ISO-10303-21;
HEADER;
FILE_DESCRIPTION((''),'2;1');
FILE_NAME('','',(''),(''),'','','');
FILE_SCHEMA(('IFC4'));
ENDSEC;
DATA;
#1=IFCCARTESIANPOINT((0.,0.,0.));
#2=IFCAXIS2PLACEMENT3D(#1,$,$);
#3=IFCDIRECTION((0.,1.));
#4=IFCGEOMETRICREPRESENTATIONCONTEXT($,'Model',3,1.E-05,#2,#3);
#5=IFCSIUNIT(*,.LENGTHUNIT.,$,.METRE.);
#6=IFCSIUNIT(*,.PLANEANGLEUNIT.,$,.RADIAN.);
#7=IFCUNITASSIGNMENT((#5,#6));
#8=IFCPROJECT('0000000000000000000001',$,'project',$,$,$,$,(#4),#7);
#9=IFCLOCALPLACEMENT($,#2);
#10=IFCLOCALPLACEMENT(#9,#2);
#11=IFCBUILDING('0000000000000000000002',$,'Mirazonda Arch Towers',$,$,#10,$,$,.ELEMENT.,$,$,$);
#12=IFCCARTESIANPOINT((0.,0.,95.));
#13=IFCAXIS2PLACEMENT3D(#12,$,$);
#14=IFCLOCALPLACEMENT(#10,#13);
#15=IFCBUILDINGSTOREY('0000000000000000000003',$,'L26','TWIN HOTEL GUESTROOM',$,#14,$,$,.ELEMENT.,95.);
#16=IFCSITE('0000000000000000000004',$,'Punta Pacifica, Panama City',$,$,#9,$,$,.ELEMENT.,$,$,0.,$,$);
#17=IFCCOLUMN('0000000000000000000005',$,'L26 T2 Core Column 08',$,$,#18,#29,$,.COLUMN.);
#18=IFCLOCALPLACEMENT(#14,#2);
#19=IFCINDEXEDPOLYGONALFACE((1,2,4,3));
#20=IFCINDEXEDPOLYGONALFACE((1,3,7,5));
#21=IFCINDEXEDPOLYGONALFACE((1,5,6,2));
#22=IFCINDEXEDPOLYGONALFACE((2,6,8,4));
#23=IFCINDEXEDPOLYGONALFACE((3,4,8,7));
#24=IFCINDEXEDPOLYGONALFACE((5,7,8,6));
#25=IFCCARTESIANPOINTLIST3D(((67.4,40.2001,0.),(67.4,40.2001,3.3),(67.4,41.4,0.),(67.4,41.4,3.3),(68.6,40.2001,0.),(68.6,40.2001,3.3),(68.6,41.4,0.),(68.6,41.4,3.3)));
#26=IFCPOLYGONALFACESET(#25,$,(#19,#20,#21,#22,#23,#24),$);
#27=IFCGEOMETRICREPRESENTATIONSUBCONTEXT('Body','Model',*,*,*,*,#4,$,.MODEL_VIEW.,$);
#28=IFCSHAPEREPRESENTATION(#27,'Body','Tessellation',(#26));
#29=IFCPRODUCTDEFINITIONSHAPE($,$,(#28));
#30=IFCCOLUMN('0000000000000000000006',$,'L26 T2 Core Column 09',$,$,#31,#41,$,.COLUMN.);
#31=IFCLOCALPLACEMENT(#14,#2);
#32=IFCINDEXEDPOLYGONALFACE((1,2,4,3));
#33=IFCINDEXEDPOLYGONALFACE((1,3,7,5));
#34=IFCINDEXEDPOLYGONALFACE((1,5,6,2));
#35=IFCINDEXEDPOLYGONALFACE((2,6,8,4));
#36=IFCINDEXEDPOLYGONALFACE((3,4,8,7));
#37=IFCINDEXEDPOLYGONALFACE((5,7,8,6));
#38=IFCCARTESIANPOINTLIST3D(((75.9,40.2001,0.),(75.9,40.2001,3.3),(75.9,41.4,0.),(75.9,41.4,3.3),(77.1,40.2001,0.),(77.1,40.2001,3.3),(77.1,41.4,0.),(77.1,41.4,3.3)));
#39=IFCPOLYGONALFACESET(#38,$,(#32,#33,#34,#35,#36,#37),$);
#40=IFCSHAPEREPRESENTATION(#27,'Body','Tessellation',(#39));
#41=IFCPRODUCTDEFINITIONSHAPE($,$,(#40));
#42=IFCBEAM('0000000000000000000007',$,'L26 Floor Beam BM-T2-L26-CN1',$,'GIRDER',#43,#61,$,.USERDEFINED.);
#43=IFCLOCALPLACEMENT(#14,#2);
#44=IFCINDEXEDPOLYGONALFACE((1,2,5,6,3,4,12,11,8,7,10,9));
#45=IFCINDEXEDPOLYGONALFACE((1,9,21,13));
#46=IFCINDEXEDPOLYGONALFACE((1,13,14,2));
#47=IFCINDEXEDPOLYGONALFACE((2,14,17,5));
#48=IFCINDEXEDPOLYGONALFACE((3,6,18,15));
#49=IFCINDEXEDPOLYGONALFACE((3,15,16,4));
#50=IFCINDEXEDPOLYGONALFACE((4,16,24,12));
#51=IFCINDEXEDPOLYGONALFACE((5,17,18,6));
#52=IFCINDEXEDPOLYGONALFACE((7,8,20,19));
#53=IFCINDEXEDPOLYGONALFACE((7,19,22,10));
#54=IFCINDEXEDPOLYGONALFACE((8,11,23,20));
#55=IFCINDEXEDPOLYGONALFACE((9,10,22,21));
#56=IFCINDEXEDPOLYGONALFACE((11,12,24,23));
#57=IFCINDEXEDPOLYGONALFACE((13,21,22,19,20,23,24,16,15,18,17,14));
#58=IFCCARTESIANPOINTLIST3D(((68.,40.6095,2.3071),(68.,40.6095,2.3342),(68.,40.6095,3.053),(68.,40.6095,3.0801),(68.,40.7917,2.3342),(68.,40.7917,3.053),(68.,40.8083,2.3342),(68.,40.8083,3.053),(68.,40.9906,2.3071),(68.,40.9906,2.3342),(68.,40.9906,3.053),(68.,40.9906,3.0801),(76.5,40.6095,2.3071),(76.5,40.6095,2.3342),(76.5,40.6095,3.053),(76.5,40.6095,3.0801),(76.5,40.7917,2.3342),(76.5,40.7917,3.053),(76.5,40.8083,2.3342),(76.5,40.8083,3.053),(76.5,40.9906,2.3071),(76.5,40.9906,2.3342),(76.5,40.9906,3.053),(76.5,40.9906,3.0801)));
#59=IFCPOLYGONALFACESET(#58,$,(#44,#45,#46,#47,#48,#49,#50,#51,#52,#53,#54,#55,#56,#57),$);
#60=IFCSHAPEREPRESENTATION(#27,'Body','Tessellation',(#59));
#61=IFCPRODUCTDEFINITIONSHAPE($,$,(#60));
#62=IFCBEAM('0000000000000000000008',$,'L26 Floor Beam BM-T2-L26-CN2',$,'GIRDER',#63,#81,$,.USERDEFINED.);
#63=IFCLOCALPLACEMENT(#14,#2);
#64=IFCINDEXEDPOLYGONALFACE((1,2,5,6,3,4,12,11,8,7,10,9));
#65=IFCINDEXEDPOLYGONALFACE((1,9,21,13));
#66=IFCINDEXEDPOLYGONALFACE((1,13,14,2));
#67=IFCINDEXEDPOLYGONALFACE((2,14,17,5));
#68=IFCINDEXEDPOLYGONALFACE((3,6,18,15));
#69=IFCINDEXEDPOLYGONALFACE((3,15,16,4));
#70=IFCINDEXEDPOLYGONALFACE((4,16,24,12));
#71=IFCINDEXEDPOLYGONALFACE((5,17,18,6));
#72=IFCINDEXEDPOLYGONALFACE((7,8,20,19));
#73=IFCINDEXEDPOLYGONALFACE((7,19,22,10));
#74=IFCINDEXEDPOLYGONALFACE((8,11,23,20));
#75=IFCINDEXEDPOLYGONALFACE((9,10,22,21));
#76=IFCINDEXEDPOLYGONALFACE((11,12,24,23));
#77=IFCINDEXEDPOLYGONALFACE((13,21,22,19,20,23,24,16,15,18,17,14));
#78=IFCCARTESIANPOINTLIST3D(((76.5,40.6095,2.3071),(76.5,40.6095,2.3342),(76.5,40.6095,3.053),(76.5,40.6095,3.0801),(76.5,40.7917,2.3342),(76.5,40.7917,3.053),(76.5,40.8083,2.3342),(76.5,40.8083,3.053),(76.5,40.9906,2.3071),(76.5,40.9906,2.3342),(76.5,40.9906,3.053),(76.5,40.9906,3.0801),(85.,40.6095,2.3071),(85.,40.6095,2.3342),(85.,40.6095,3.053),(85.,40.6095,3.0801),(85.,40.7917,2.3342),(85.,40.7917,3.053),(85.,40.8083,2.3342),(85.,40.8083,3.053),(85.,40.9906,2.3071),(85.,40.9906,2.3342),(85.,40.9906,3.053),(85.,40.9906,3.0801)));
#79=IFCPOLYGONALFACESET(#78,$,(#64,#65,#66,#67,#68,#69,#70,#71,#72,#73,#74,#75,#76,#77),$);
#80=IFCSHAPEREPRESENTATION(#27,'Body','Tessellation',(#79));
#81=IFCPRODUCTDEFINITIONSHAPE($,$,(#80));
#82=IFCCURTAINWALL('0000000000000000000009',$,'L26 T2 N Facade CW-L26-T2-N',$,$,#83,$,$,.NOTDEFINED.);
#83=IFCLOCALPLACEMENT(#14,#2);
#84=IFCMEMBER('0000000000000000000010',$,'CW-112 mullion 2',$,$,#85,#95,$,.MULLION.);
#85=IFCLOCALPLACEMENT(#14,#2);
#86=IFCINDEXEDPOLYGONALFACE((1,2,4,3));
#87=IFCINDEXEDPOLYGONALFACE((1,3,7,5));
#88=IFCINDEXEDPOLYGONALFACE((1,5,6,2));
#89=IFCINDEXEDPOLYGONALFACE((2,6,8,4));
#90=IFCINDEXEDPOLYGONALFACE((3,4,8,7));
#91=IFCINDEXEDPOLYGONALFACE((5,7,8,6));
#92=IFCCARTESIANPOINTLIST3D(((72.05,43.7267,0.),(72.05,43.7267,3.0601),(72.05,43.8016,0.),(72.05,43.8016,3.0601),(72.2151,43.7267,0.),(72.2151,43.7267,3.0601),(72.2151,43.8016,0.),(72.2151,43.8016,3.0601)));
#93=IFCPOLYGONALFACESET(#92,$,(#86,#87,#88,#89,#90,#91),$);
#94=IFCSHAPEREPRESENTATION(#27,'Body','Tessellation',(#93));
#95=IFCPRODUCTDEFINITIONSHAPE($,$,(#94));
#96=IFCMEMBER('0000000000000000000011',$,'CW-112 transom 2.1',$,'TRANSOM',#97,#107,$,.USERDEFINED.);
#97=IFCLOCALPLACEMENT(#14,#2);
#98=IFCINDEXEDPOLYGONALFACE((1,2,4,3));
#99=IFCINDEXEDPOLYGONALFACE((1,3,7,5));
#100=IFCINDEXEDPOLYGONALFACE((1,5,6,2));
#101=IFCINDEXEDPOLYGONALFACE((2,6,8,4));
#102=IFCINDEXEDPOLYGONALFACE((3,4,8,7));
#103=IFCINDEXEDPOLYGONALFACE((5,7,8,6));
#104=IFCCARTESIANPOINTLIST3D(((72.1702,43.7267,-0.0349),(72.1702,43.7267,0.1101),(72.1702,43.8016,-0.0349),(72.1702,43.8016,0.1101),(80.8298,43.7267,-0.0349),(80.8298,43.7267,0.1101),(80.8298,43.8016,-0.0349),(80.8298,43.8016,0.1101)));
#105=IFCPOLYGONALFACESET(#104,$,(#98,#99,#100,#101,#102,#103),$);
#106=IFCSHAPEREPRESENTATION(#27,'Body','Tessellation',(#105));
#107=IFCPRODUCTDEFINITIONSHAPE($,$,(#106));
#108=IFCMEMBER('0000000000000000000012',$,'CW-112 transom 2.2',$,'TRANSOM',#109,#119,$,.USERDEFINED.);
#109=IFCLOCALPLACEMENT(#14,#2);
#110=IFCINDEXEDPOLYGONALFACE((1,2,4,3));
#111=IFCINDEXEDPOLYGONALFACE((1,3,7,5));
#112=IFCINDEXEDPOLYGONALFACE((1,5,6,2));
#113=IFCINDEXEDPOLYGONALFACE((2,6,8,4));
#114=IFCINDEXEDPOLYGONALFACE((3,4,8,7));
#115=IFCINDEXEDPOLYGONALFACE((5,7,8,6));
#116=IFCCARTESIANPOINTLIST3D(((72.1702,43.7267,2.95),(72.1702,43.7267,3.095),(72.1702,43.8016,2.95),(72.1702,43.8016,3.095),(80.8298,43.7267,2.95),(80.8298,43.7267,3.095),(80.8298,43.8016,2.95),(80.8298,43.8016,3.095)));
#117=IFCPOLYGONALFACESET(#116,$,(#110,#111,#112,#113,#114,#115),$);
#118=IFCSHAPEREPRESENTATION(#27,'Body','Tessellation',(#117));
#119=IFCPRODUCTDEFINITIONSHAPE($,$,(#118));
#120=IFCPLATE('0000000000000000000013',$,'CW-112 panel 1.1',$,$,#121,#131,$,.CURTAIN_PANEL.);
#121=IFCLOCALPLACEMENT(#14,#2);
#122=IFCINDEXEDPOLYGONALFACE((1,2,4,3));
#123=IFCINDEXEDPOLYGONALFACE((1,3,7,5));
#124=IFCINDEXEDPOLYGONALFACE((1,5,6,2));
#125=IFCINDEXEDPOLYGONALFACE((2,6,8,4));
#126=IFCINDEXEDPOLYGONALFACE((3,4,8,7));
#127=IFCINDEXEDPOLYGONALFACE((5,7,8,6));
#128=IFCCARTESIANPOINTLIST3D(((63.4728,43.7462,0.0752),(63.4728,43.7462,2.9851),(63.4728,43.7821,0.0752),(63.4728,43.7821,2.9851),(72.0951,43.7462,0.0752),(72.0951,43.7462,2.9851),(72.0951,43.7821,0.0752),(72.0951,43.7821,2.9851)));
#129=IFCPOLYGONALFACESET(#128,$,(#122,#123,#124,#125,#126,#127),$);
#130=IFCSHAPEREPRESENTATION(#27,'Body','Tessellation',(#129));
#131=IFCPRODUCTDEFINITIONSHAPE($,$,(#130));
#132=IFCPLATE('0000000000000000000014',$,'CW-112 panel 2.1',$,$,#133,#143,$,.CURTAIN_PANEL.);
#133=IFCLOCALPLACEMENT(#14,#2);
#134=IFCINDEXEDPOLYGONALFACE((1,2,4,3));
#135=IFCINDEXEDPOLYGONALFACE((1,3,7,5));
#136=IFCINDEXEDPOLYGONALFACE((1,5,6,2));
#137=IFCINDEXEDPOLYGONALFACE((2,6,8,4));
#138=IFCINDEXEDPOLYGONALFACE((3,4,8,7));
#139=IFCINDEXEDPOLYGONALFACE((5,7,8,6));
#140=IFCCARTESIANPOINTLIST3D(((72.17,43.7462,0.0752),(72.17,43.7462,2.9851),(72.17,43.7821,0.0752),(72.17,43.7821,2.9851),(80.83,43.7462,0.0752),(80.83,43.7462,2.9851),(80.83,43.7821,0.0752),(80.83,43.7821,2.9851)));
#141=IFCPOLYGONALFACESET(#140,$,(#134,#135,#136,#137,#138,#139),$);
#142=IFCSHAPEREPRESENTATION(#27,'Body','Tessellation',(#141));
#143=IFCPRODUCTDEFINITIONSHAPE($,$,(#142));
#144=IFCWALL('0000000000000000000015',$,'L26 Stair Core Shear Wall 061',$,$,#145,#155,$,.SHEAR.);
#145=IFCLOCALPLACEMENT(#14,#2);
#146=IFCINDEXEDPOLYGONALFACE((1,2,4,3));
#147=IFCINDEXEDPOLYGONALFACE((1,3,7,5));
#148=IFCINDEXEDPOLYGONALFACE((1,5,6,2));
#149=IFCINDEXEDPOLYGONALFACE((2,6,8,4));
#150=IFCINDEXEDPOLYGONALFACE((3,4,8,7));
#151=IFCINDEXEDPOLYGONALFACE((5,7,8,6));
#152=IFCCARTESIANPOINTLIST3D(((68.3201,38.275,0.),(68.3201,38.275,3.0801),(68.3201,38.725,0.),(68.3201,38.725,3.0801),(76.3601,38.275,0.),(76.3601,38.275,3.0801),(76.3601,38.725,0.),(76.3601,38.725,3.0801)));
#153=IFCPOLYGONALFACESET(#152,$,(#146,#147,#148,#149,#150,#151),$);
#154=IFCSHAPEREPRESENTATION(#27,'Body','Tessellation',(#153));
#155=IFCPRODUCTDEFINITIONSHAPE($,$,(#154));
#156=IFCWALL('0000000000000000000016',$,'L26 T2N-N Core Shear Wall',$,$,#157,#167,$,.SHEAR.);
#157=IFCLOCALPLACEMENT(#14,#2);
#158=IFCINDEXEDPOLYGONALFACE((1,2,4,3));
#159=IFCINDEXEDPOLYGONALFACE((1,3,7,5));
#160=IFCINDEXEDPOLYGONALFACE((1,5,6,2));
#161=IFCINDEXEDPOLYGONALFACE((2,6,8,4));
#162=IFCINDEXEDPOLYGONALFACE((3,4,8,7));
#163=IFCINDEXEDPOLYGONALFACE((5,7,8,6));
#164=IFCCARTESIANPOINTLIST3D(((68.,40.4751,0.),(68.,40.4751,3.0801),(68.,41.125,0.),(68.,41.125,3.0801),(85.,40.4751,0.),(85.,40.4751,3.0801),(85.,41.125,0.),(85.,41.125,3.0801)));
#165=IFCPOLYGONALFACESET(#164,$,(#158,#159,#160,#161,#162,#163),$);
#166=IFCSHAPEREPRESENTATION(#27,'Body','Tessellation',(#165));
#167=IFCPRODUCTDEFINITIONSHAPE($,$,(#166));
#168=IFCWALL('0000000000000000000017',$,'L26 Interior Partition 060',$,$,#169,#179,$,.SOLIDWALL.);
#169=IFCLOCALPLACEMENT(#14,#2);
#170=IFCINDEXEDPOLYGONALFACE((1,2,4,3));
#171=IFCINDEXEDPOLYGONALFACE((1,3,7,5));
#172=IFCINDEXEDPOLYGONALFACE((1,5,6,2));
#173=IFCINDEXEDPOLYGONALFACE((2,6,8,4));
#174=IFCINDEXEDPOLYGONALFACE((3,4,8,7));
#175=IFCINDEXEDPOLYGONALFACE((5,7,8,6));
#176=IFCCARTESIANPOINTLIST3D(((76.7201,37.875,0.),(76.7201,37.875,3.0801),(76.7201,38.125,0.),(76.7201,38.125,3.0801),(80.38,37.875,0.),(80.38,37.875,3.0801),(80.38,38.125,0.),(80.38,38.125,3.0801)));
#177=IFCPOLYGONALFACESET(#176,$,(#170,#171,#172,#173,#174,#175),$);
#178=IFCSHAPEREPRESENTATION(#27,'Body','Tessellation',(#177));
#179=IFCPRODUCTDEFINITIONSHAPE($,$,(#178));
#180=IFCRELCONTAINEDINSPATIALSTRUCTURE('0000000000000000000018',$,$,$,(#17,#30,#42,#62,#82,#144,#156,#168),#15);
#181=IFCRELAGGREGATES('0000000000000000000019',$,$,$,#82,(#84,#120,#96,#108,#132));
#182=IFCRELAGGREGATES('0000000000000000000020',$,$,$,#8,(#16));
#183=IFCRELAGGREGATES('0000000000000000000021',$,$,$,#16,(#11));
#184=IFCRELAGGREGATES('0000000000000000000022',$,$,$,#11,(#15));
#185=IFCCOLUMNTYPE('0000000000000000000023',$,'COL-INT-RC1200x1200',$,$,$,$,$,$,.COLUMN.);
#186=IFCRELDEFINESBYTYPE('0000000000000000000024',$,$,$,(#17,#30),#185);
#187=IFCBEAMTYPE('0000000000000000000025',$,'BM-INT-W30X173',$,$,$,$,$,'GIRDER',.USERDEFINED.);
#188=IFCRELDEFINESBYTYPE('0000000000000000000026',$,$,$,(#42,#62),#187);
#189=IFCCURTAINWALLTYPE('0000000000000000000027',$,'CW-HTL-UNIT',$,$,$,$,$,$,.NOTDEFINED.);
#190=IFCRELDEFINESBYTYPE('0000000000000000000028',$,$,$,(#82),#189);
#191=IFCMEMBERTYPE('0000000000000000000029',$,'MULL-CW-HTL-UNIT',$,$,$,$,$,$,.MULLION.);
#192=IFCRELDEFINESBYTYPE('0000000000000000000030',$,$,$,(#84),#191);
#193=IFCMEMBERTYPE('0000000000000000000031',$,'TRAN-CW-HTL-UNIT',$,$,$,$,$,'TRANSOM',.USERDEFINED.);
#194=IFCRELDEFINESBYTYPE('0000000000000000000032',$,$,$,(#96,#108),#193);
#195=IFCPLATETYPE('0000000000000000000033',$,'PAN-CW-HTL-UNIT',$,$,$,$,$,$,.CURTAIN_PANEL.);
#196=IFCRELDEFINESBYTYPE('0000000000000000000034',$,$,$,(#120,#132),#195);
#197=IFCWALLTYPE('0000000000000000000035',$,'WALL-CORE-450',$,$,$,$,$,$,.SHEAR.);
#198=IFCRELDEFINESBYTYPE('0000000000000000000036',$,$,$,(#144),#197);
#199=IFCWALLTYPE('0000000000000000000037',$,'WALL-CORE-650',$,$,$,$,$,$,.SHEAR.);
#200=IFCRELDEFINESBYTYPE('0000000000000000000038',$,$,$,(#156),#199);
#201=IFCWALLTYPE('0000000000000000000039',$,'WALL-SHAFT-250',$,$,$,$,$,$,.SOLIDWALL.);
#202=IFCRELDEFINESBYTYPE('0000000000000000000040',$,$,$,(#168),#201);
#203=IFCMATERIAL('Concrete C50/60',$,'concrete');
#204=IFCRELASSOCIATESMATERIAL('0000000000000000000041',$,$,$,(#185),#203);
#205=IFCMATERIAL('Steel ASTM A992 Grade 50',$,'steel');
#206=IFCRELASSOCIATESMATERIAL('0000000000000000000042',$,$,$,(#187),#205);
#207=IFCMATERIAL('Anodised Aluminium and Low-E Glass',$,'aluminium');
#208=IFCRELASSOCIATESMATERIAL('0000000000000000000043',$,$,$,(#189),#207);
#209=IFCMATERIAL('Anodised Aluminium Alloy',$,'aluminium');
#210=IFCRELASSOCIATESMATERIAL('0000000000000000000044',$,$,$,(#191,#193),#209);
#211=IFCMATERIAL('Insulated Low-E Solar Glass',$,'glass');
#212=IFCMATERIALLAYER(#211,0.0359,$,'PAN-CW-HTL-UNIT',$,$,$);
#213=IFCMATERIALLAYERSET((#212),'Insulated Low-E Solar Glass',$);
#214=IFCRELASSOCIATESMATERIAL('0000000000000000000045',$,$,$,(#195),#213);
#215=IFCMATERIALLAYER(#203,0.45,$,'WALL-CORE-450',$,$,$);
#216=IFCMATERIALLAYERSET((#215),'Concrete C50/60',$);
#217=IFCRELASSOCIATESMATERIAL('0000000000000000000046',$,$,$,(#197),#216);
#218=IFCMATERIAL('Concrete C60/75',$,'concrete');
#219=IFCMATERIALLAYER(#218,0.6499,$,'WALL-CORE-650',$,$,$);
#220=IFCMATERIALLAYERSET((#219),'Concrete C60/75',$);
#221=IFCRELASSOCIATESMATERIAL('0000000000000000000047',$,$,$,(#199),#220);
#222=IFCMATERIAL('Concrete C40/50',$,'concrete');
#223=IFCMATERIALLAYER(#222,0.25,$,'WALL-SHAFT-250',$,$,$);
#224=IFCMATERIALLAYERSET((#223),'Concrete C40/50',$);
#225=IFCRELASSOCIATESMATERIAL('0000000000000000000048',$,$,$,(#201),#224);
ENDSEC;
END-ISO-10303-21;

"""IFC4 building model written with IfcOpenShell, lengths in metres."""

from ifc_helpers import new_model, si_unit, direction, frame, frame_2d, origin, origin_2d, place, context, subcontext, project, spatial, rectangle, i_section, extrude, material, layer, layer_set, material_profile, profile_set, type_object, element, aggregate, save


model = new_model("IFC4")

# Units and contexts
model_context = context("Model", 3, precision=1e-05, world=origin(), true_north=direction((0.0, 1.0)))
body_context = subcontext(model_context, "Body", "Model", "MODEL_VIEW")
ifc_project = project(units=[si_unit("LENGTHUNIT", "METRE"), si_unit("PLANEANGLEUNIT", "RADIAN")], contexts=[model_context])

# Site, building, storey
site_placement = place(None, origin())
site = spatial("IfcSite", under=ifc_project, at=site_placement, Name="Punta Pacifica, Panama City", CompositionType="ELEMENT", RefElevation=0.0)
building_placement = place(site_placement, origin())
building = spatial("IfcBuilding", under=site, at=building_placement, Name="Mirazonda Arch Towers", CompositionType="ELEMENT")
storey_placement = place(building_placement, frame((0.0, 0.0, 95.0)))
storey = spatial("IfcBuildingStorey", under=building, at=storey_placement, Name="L26", Description="TWIN HOTEL GUESTROOM", CompositionType="ELEMENT", Elevation=95.0)

# Columns
ifc_material_1 = material(Name="Concrete C50/60", Category="concrete")
ifc_material_profile_1 = material_profile(ifc_material_1, rectangle(XDim=1.2, YDim=1.2, at=origin_2d()), Name="RC1200x1200")
ifc_profile_set_1 = profile_set([ifc_material_profile_1], Name="Concrete C50/60")
column_type = type_object("IfcColumnType", Name="COL-INT-RC1200x1200", PredefinedType="COLUMN", material=ifc_profile_set_1)
for number, where, z_axis, x_axis, name in (
    (1, (68.0, 40.8, 0.0), (0.0, 0.0, 1.0), (1.0, 0.0, 0.0), "L26 T2 Core Column 08"),
    (2, (76.5, 40.8, 0.0), (0.0, 0.0, 1.0), (1.0, 0.0, 0.0), "L26 T2 Core Column 09"),
):
    element("IfcColumn", number, at=place(storey_placement, frame(where, z_axis=z_axis, x_axis=x_axis)), inside=storey, type_object=column_type, Name=name, PredefinedType="COLUMN", context=body_context, shape_type="SweptSolid", body=[
        extrude(rectangle(XDim=1.2, YDim=1.2, at=origin_2d()), origin(), (0.0, 0.0, 1.0), 3.3),
    ])

# Beams
ifc_material_2 = material(Name="Steel ASTM A992 Grade 50", Category="steel")
ifc_material_profile_2 = material_profile(ifc_material_2, i_section(OverallWidth=0.3811, OverallDepth=0.7729, WebThickness=0.0166, FlangeThickness=0.0271, at=origin_2d()), Name="W30X173")
ifc_profile_set_2 = profile_set([ifc_material_profile_2], Name="Steel ASTM A992 Grade 50")
beam_type = type_object("IfcBeamType", Name="BM-INT-W30X173", ElementType="GIRDER", PredefinedType="USERDEFINED", material=ifc_profile_set_2)
for number, where, z_axis, x_axis, name in (
    (3, (68.0, 40.8, 2.6936), (1.0, 0.0, 0.0), (0.0, 1.0, 0.0), "L26 Floor Beam BM-T2-L26-CN1"),
    (4, (76.5, 40.8, 2.6936), (1.0, 0.0, 0.0), (0.0, 1.0, 0.0), "L26 Floor Beam BM-T2-L26-CN2"),
):
    element("IfcBeam", number, at=place(storey_placement, frame(where, z_axis=z_axis, x_axis=x_axis)), inside=storey, type_object=beam_type, Name=name, ObjectType="GIRDER", PredefinedType="USERDEFINED", context=body_context, shape_type="SweptSolid", body=[
        extrude(i_section(OverallWidth=0.3811, OverallDepth=0.7729, WebThickness=0.0166, FlangeThickness=0.0271, at=origin_2d()), origin(), (0.0, 0.0, 1.0), 8.5),
    ])

# Curtain wall, members, plates
ifc_material_3 = material(Name="Anodised Aluminium and Low-E Glass", Category="aluminium")
curtain_wall_type = type_object("IfcCurtainWallType", Name="CW-HTL-UNIT", PredefinedType="NOTDEFINED", material=ifc_material_3)
curtain_wall_placement = place(storey_placement, origin())
curtain_wall = element("IfcCurtainWall", 5, at=curtain_wall_placement, inside=storey, type_object=curtain_wall_type, Name="L26 T2 N Facade CW-L26-T2-N", PredefinedType="NOTDEFINED")
ifc_material_4 = material(Name="Anodised Aluminium Alloy", Category="aluminium")
ifc_material_profile_3 = material_profile(ifc_material_4, rectangle(XDim=0.075, YDim=0.165, at=origin_2d()), Name="ALU-MULL-75x165")
ifc_profile_set_3 = profile_set([ifc_material_profile_3], Name="Anodised Aluminium Alloy")
member_type_1 = type_object("IfcMemberType", Name="MULL-CW-HTL-UNIT", PredefinedType="MULLION", material=ifc_profile_set_3)
member_1_placement = place(storey_placement, frame((72.1326, 43.7642, 0.0), z_axis=(0.0, 0.0, 1.0), x_axis=(0.0, 1.0, 0.0)))
member_1 = element("IfcMember", 6, at=member_1_placement, type_object=member_type_1, Name="CW-112 mullion 2", PredefinedType="MULLION", context=body_context, shape_type="SweptSolid", body=[
    extrude(rectangle(XDim=0.075, YDim=0.165, at=origin_2d()), origin(), (0.0, 0.0, 1.0), 3.0601),
])
ifc_material_profile_4 = material_profile(ifc_material_4, rectangle(XDim=0.075, YDim=0.145, at=origin_2d()), Name="ALU-TRAN-75x145")
ifc_profile_set_4 = profile_set([ifc_material_profile_4], Name="Anodised Aluminium Alloy")
member_type_2 = type_object("IfcMemberType", Name="TRAN-CW-HTL-UNIT", ElementType="TRANSOM", PredefinedType="USERDEFINED", material=ifc_profile_set_4)
member_2_placement = place(storey_placement, frame((72.1702, 43.7642, 0.0376), z_axis=(1.0, 0.0, 0.0), x_axis=(0.0, 1.0, 0.0)))
member_2 = element("IfcMember", 7, at=member_2_placement, type_object=member_type_2, Name="CW-112 transom 2.1", ObjectType="TRANSOM", PredefinedType="USERDEFINED", context=body_context, shape_type="SweptSolid", body=[
    extrude(rectangle(XDim=0.075, YDim=0.145, at=origin_2d()), origin(), (0.0, 0.0, 1.0), 8.6597),
])
member_3_placement = place(storey_placement, frame((72.1702, 43.7642, 3.0225), z_axis=(1.0, 0.0, 0.0), x_axis=(0.0, 1.0, 0.0)))
member_3 = element("IfcMember", 8, at=member_3_placement, type_object=member_type_2, Name="CW-112 transom 2.2", ObjectType="TRANSOM", PredefinedType="USERDEFINED", context=body_context, shape_type="SweptSolid", body=[
    extrude(rectangle(XDim=0.075, YDim=0.145, at=origin_2d()), origin(), (0.0, 0.0, 1.0), 8.6597),
])
ifc_material_5 = material(Name="Insulated Low-E Solar Glass", Category="glass")
ifc_layer_1 = layer(ifc_material_5, 0.0359, Name="PAN-CW-HTL-UNIT")
ifc_layer_set_1 = layer_set([ifc_layer_1], Name="Insulated Low-E Solar Glass")
plate_type = type_object("IfcPlateType", Name="PAN-CW-HTL-UNIT", PredefinedType="CURTAIN_PANEL", material=ifc_layer_set_1)
plate_1_placement = place(storey_placement, frame((67.7839, 43.7642, 0.0752), z_axis=(0.0, 0.0, 1.0), x_axis=(1.0, 0.0, 0.0)))
plate_1 = element("IfcPlate", 9, at=plate_1_placement, type_object=plate_type, Name="CW-112 panel 1.1", PredefinedType="CURTAIN_PANEL", context=body_context, shape_type="SweptSolid", body=[
    extrude(rectangle(XDim=8.6223, YDim=0.0359, at=origin_2d()), origin(), (0.0, 0.0, 1.0), 2.9099),
])
plate_2_placement = place(storey_placement, frame((76.5, 43.7642, 0.0752), z_axis=(0.0, 0.0, 1.0), x_axis=(1.0, 0.0, 0.0)))
plate_2 = element("IfcPlate", 10, at=plate_2_placement, type_object=plate_type, Name="CW-112 panel 2.1", PredefinedType="CURTAIN_PANEL", context=body_context, shape_type="SweptSolid", body=[
    extrude(rectangle(XDim=8.6599, YDim=0.0359, at=origin_2d()), origin(), (0.0, 0.0, 1.0), 2.9099),
])
aggregate(curtain_wall, [member_1, plate_1, member_2, member_3, plate_2])

# Walls
ifc_layer_2 = layer(ifc_material_1, 0.45, Name="WALL-CORE-450")
ifc_layer_set_2 = layer_set([ifc_layer_2], Name="Concrete C50/60")
wall_type_1 = type_object("IfcWallType", Name="WALL-CORE-450", PredefinedType="SHEAR", material=ifc_layer_set_2)
wall_1_placement = place(storey_placement, frame((68.3201, 38.5, 0.0), z_axis=(0.0, 0.0, 1.0), x_axis=(1.0, 0.0, 0.0)))
element("IfcWall", 11, at=wall_1_placement, inside=storey, type_object=wall_type_1, Name="L26 Stair Core Shear Wall 061", PredefinedType="SHEAR", context=body_context, shape_type="SweptSolid", body=[
    extrude(rectangle(XDim=8.04, YDim=0.45, at=frame_2d((4.02, 0.0))), origin(), (0.0, 0.0, 1.0), 3.0801),
])
ifc_material_6 = material(Name="Concrete C60/75", Category="concrete")
ifc_layer_3 = layer(ifc_material_6, 0.6499, Name="WALL-CORE-650")
ifc_layer_set_3 = layer_set([ifc_layer_3], Name="Concrete C60/75")
wall_type_2 = type_object("IfcWallType", Name="WALL-CORE-650", PredefinedType="SHEAR", material=ifc_layer_set_3)
wall_2_placement = place(storey_placement, frame((68.0, 40.8, 0.0), z_axis=(0.0, 0.0, 1.0), x_axis=(1.0, 0.0, 0.0)))
element("IfcWall", 12, at=wall_2_placement, inside=storey, type_object=wall_type_2, Name="L26 T2N-N Core Shear Wall", PredefinedType="SHEAR", context=body_context, shape_type="SweptSolid", body=[
    extrude(rectangle(XDim=17.0, YDim=0.6499, at=frame_2d((8.5, 0.0))), origin(), (0.0, 0.0, 1.0), 3.0801),
])
ifc_material_7 = material(Name="Concrete C40/50", Category="concrete")
ifc_layer_4 = layer(ifc_material_7, 0.25, Name="WALL-SHAFT-250")
ifc_layer_set_4 = layer_set([ifc_layer_4], Name="Concrete C40/50")
wall_type_3 = type_object("IfcWallType", Name="WALL-SHAFT-250", PredefinedType="SOLIDWALL", material=ifc_layer_set_4)
wall_3_placement = place(storey_placement, frame((76.72, 38.0, 0.0), z_axis=(0.0, 0.0, 1.0), x_axis=(1.0, 0.0, 0.0)))
element("IfcWall", 13, at=wall_3_placement, inside=storey, type_object=wall_type_3, Name="L26 Interior Partition 060", PredefinedType="SOLIDWALL", context=body_context, shape_type="SweptSolid", body=[
    extrude(rectangle(XDim=3.6599, YDim=0.25, at=frame_2d((1.8301, 0.0))), origin(), (0.0, 0.0, 1.0), 3.0801),
])

save(model, "model.ifc")
